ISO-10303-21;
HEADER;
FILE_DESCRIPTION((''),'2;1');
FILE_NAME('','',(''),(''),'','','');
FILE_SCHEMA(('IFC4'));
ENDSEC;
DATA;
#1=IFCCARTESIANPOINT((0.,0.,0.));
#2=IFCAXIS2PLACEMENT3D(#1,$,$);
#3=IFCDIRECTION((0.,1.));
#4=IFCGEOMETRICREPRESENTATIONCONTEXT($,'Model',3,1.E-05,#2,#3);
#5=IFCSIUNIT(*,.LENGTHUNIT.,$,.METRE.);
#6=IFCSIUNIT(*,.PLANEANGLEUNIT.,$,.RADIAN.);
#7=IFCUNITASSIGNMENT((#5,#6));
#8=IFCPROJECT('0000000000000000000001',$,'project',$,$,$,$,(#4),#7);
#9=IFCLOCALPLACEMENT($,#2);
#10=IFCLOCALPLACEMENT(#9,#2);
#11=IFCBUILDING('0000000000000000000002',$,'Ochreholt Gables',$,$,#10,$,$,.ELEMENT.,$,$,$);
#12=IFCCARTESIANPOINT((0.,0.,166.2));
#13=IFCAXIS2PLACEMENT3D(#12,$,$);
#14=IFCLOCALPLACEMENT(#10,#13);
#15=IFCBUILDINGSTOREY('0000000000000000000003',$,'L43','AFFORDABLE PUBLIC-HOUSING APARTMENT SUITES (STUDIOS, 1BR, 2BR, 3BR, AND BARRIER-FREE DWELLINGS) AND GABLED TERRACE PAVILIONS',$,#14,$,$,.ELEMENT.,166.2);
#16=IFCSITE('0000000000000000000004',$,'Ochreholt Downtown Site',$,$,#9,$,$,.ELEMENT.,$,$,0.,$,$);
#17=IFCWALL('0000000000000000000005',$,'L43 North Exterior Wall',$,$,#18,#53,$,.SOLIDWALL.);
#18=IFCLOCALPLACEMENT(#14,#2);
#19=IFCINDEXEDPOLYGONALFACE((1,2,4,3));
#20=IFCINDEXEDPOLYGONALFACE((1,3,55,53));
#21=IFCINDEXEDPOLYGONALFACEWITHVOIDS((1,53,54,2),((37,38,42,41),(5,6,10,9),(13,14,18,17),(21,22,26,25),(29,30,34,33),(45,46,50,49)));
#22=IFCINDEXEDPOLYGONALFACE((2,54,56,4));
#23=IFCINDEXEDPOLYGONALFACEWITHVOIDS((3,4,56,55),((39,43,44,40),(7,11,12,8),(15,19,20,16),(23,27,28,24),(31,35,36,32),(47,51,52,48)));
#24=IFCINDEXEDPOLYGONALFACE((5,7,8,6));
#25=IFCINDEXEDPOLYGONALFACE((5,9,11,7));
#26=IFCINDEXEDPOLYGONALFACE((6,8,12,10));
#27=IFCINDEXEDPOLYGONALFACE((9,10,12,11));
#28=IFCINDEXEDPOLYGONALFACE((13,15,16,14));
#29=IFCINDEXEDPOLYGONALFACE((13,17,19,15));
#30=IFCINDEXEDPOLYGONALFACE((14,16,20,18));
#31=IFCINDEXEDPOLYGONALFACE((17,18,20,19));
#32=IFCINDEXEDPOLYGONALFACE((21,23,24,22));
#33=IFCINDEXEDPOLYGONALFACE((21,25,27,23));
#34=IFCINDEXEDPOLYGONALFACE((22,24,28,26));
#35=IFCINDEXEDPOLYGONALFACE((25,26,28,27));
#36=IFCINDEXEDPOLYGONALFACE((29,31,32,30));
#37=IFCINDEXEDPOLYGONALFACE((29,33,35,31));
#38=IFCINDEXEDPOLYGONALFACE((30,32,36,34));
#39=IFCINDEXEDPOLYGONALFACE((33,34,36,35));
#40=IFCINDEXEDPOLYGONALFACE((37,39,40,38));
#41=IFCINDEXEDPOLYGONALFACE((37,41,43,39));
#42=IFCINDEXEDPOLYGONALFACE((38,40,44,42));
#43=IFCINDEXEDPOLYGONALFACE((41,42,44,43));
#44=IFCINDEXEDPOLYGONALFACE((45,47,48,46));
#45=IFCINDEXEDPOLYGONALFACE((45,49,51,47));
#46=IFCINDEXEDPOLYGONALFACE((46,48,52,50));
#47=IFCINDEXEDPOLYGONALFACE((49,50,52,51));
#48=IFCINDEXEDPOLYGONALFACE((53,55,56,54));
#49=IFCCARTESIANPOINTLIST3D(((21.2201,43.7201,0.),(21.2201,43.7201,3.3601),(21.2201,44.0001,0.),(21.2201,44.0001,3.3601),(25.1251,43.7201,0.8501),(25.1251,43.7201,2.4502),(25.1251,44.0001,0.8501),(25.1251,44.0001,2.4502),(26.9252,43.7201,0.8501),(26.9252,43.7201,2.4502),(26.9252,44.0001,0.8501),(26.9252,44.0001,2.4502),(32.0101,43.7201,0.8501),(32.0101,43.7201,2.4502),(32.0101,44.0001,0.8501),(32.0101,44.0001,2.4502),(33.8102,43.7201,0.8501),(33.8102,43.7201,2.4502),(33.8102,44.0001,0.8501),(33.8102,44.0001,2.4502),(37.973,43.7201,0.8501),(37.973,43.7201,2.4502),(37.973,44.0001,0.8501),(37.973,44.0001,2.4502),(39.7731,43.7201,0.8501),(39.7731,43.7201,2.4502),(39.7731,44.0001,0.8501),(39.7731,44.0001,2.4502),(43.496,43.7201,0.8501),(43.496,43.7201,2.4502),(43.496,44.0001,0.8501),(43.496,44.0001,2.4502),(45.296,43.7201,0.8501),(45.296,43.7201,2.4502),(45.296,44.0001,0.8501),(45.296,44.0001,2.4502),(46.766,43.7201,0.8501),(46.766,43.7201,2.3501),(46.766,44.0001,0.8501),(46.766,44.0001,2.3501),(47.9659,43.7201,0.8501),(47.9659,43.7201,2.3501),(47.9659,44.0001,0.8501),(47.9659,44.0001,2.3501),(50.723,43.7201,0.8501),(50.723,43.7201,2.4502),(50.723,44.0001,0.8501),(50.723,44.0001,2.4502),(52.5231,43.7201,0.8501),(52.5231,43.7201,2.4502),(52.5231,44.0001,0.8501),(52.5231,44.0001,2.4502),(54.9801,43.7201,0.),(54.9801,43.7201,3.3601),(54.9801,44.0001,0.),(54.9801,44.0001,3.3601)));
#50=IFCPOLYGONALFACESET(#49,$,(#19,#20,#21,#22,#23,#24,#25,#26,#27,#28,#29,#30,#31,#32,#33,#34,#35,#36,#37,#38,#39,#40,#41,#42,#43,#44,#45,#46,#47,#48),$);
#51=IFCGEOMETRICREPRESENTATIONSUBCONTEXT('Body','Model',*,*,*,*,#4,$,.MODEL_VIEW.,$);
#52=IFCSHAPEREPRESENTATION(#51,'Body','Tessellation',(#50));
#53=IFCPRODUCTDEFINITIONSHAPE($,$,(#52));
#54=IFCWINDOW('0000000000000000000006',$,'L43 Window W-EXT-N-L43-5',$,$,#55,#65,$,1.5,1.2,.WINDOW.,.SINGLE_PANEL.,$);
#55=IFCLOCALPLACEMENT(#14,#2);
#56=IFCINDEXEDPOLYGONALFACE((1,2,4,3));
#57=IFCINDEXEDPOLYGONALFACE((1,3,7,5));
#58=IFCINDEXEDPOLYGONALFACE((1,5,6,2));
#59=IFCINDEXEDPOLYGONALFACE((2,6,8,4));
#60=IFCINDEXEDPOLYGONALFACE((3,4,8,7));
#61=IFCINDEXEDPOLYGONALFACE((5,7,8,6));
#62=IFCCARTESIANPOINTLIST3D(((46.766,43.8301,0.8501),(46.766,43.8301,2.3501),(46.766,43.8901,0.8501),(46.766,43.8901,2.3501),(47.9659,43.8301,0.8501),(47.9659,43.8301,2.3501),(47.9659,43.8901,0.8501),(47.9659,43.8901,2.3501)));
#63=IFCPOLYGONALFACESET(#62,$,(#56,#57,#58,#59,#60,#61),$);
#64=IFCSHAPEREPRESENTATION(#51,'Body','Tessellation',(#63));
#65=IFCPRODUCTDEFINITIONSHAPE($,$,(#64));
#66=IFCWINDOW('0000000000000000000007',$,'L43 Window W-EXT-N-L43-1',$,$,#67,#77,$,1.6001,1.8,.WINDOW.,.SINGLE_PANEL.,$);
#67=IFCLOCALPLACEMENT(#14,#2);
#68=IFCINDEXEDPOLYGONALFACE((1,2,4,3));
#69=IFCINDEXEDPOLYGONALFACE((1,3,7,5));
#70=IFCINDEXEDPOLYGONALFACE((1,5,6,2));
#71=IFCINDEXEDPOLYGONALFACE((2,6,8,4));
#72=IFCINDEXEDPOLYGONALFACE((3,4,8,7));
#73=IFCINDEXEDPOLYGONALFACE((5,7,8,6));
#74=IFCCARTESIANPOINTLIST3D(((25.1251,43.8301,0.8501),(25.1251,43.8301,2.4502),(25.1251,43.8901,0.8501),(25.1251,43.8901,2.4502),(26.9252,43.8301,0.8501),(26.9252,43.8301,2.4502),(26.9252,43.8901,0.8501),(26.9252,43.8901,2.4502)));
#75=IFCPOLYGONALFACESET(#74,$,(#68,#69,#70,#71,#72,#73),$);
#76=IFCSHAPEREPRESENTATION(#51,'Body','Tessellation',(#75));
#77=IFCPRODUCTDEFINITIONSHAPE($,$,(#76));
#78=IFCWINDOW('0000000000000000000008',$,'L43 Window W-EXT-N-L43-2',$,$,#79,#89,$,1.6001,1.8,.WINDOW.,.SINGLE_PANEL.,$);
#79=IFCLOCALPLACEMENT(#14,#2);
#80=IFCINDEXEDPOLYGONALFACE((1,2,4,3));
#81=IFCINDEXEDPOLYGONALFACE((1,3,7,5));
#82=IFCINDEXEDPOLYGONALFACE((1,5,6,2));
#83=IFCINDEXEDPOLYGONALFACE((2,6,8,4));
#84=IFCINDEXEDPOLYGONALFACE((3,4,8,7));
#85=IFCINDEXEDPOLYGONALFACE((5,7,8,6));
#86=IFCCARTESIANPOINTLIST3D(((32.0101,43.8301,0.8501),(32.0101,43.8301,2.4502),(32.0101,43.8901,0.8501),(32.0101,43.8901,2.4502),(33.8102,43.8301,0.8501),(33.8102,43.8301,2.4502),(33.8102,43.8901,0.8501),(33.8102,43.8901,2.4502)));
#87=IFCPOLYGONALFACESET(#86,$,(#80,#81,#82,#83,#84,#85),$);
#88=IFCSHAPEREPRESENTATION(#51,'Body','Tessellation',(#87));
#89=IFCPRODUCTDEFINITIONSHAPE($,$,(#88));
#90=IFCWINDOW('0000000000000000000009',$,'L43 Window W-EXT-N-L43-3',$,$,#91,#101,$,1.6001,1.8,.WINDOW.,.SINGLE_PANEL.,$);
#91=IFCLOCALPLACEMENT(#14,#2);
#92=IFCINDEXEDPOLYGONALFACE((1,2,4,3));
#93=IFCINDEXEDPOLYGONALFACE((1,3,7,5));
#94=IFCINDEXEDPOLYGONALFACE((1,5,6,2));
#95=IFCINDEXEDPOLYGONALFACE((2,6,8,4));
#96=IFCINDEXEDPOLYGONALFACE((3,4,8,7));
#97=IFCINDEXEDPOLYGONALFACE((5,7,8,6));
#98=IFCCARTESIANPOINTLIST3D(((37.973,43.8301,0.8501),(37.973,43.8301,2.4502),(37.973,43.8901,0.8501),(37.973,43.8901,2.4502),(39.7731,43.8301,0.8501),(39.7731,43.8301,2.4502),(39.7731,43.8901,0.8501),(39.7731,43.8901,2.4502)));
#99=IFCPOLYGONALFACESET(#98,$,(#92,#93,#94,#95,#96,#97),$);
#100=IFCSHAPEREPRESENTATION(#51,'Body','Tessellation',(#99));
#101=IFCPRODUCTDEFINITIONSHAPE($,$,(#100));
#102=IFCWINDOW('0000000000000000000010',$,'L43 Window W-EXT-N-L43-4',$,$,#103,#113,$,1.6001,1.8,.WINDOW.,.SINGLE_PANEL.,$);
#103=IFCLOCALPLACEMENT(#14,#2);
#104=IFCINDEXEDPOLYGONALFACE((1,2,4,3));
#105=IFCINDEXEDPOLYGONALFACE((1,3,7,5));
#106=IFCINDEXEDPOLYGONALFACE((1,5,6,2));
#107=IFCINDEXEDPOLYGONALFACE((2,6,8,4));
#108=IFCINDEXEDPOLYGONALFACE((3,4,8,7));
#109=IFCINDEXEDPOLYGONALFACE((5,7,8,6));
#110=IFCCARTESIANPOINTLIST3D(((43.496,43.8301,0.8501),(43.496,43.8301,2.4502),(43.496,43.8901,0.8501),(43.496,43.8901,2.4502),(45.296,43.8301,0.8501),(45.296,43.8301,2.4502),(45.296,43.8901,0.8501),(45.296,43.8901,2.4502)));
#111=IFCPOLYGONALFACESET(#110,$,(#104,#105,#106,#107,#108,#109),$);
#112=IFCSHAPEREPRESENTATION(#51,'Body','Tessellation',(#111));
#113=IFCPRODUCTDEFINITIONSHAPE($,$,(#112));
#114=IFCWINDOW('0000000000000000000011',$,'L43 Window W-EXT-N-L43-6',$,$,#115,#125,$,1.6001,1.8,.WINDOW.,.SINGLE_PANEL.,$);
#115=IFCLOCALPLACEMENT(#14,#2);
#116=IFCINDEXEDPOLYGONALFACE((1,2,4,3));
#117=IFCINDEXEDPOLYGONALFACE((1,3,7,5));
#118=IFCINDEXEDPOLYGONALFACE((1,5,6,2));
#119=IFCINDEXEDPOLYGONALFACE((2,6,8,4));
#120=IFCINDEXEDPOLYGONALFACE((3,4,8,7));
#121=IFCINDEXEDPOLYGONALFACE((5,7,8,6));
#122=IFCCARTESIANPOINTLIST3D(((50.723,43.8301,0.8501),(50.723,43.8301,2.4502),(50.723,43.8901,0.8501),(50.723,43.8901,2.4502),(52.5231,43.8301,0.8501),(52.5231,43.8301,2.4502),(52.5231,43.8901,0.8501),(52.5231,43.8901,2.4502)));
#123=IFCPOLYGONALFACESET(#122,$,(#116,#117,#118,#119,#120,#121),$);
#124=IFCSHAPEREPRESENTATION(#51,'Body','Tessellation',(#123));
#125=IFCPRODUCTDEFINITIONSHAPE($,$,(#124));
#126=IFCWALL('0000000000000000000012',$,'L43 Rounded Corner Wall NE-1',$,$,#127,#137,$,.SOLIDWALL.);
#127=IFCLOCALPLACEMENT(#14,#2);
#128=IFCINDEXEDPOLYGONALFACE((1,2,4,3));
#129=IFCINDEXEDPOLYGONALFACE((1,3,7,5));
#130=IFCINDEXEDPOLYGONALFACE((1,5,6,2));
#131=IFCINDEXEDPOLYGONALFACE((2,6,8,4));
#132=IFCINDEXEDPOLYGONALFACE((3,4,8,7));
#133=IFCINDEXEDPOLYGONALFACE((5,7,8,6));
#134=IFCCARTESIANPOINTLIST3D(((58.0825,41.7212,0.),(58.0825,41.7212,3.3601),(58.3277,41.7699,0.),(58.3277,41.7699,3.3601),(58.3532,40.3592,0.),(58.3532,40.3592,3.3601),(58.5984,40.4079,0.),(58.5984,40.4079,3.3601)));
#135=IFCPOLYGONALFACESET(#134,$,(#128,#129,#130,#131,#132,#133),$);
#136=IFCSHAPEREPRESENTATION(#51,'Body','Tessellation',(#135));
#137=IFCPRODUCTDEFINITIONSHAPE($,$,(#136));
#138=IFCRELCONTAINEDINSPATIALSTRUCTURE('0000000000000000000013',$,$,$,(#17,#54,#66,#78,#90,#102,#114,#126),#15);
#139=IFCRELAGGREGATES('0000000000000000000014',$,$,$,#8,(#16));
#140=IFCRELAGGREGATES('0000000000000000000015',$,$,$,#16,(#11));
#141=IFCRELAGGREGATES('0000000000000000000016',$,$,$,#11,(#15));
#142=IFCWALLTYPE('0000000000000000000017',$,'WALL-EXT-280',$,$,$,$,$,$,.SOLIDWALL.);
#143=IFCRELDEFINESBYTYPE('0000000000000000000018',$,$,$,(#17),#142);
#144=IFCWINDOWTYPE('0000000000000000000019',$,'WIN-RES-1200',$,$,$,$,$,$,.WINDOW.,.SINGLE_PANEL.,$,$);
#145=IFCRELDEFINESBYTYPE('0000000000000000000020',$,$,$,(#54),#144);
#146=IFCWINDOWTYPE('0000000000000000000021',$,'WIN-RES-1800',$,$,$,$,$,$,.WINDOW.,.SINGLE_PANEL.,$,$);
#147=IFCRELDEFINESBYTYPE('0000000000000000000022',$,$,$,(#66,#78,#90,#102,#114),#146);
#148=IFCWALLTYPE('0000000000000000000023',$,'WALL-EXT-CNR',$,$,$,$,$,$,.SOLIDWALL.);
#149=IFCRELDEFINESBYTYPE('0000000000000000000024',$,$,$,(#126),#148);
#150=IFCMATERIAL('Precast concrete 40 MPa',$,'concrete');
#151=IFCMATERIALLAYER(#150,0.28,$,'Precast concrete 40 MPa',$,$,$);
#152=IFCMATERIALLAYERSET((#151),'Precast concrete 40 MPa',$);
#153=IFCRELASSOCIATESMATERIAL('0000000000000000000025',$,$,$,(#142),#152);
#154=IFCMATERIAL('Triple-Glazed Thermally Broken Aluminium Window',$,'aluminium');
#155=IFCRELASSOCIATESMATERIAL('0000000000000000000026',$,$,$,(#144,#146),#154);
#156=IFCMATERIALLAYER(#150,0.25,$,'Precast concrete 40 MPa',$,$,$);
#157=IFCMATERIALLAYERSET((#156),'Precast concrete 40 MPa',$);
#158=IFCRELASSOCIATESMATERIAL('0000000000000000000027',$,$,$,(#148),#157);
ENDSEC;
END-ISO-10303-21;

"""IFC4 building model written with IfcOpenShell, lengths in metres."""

from ifc_helpers import new_model, si_unit, direction, frame, frame_2d, origin, place, context, subcontext, project, spatial, rectangle, extrude, material, layer, layer_set, type_object, element, fill, save


model = new_model("IFC4")

# Units and contexts
model_context = context("Model", 3, precision=1e-05, world=origin(), true_north=direction((0.0, 1.0)))
body_context = subcontext(model_context, "Body", "Model", "MODEL_VIEW")
ifc_project = project(units=[si_unit("LENGTHUNIT", "METRE"), si_unit("PLANEANGLEUNIT", "RADIAN")], contexts=[model_context])

# Site, building, storey
site_placement = place(None, origin())
site = spatial("IfcSite", under=ifc_project, at=site_placement, Name="Ochreholt Downtown Site", CompositionType="ELEMENT", RefElevation=0.0)
building_placement = place(site_placement, origin())
building = spatial("IfcBuilding", under=site, at=building_placement, Name="Ochreholt Gables", CompositionType="ELEMENT")
storey_placement = place(building_placement, frame((0.0, 0.0, 166.2)))
storey = spatial("IfcBuildingStorey", under=building, at=storey_placement, Name="L43", Description="AFFORDABLE PUBLIC-HOUSING APARTMENT SUITES (STUDIOS, 1BR, 2BR, 3BR, AND BARRIER-FREE DWELLINGS) AND GABLED TERRACE PAVILIONS", CompositionType="ELEMENT", Elevation=166.2)

# Wall, openings, windows
ifc_material_1 = material(Name="Precast concrete 40 MPa", Category="concrete")
ifc_layer_1 = layer(ifc_material_1, 0.28, Name="Precast concrete 40 MPa")
ifc_layer_set_1 = layer_set([ifc_layer_1], Name="Precast concrete 40 MPa")
wall_type_1 = type_object("IfcWallType", Name="WALL-EXT-280", PredefinedType="SOLIDWALL", material=ifc_layer_set_1)
wall_1_placement = place(storey_placement, frame((54.98, 43.8601, 0.0), z_axis=(0.0, 0.0, 1.0), x_axis=(-1.0, 0.0, 0.0)))
wall_1 = element("IfcWall", 1, at=wall_1_placement, inside=storey, type_object=wall_type_1, Name="L43 North Exterior Wall", PredefinedType="SOLIDWALL", context=body_context, shape_type="SweptSolid", body=[
    extrude(rectangle(XDim=33.76, YDim=0.28, at=frame_2d((16.8799, 0.0))), origin(), (0.0, 0.0, 1.0), 3.3601),
])
opening_1_placement = place(wall_1_placement, frame((28.0549, 0.0, 0.8501)))
opening_1 = element("IfcOpeningElement", 2, at=opening_1_placement, cuts=wall_1, PredefinedType="OPENING", context=body_context, shape_type="SweptSolid", body=[
    extrude(rectangle(XDim=1.8, YDim=1.6001, at=frame_2d((0.8999, 0.8))), frame((0.0, 0.1499, 0.0), z_axis=(0.0, -1.0, 0.0), x_axis=(1.0, 0.0, 0.0)), (0.0, 0.0, 1.0), 0.3),
])
opening_2_placement = place(wall_1_placement, frame((21.1699, 0.0, 0.8501)))
opening_2 = element("IfcOpeningElement", 3, at=opening_2_placement, cuts=wall_1, PredefinedType="OPENING", context=body_context, shape_type="SweptSolid", body=[
    extrude(rectangle(XDim=1.8, YDim=1.6001, at=frame_2d((0.8999, 0.8))), frame((0.0, 0.1499, 0.0), z_axis=(0.0, -1.0, 0.0), x_axis=(1.0, 0.0, 0.0)), (0.0, 0.0, 1.0), 0.3),
])
opening_3_placement = place(wall_1_placement, frame((15.207, 0.0, 0.8501)))
opening_3 = element("IfcOpeningElement", 4, at=opening_3_placement, cuts=wall_1, PredefinedType="OPENING", context=body_context, shape_type="SweptSolid", body=[
    extrude(rectangle(XDim=1.8, YDim=1.6001, at=frame_2d((0.8999, 0.8))), frame((0.0, 0.1499, 0.0), z_axis=(0.0, -1.0, 0.0), x_axis=(1.0, 0.0, 0.0)), (0.0, 0.0, 1.0), 0.3),
])
opening_4_placement = place(wall_1_placement, frame((9.6841, 0.0, 0.8501)))
opening_4 = element("IfcOpeningElement", 5, at=opening_4_placement, cuts=wall_1, PredefinedType="OPENING", context=body_context, shape_type="SweptSolid", body=[
    extrude(rectangle(XDim=1.8, YDim=1.6001, at=frame_2d((0.8999, 0.8))), frame((0.0, 0.1499, 0.0), z_axis=(0.0, -1.0, 0.0), x_axis=(1.0, 0.0, 0.0)), (0.0, 0.0, 1.0), 0.3),
])
opening_5_placement = place(wall_1_placement, frame((7.0139, 0.0, 0.8501)))
opening_5 = element("IfcOpeningElement", 6, at=opening_5_placement, cuts=wall_1, PredefinedType="OPENING", context=body_context, shape_type="SweptSolid", body=[
    extrude(rectangle(XDim=1.2, YDim=1.5, at=frame_2d((0.6001, 0.75))), frame((0.0, 0.1499, 0.0), z_axis=(0.0, -1.0, 0.0), x_axis=(1.0, 0.0, 0.0)), (0.0, 0.0, 1.0), 0.3),
])
opening_6_placement = place(wall_1_placement, frame((2.457, 0.0, 0.8501)))
opening_6 = element("IfcOpeningElement", 7, at=opening_6_placement, cuts=wall_1, PredefinedType="OPENING", context=body_context, shape_type="SweptSolid", body=[
    extrude(rectangle(XDim=1.8, YDim=1.6001, at=frame_2d((0.8999, 0.8))), frame((0.0, 0.1499, 0.0), z_axis=(0.0, -1.0, 0.0), x_axis=(1.0, 0.0, 0.0)), (0.0, 0.0, 1.0), 0.3),
])
ifc_material_2 = material(Name="Triple-Glazed Thermally Broken Aluminium Window", Category="aluminium")
window_type_1 = type_object("IfcWindowType", Name="WIN-RES-1200", PartitioningType="SINGLE_PANEL", PredefinedType="WINDOW", material=ifc_material_2)
window_1_placement = place(opening_5_placement, origin())
window_1 = element("IfcWindow", 8, at=window_1_placement, inside=storey, type_object=window_type_1, Name="L43 Window W-EXT-N-L43-5", OverallHeight=1.5, OverallWidth=1.2, PartitioningType="SINGLE_PANEL", PredefinedType="WINDOW", context=body_context, shape_type="SweptSolid", body=[
    extrude(rectangle(XDim=1.2, YDim=1.5, at=frame_2d((0.6001, 0.75))), frame((0.0, 0.03, 0.0), z_axis=(0.0, -1.0, 0.0), x_axis=(1.0, 0.0, 0.0)), (0.0, 0.0, 1.0), 0.0601),
])
fill(opening_5, window_1)
window_type_2 = type_object("IfcWindowType", Name="WIN-RES-1800", PartitioningType="SINGLE_PANEL", PredefinedType="WINDOW", material=ifc_material_2)
window_2_placement = place(opening_1_placement, origin())
window_2 = element("IfcWindow", 9, at=window_2_placement, inside=storey, type_object=window_type_2, Name="L43 Window W-EXT-N-L43-1", OverallHeight=1.6001, OverallWidth=1.8, PartitioningType="SINGLE_PANEL", PredefinedType="WINDOW", context=body_context, shape_type="SweptSolid", body=[
    extrude(rectangle(XDim=1.8, YDim=1.6001, at=frame_2d((0.8999, 0.8))), frame((0.0, 0.03, 0.0), z_axis=(0.0, -1.0, 0.0), x_axis=(1.0, 0.0, 0.0)), (0.0, 0.0, 1.0), 0.0601),
])
fill(opening_1, window_2)
window_3_placement = place(opening_2_placement, origin())
window_3 = element("IfcWindow", 10, at=window_3_placement, inside=storey, type_object=window_type_2, Name="L43 Window W-EXT-N-L43-2", OverallHeight=1.6001, OverallWidth=1.8, PartitioningType="SINGLE_PANEL", PredefinedType="WINDOW", context=body_context, shape_type="SweptSolid", body=[
    extrude(rectangle(XDim=1.8, YDim=1.6001, at=frame_2d((0.8999, 0.8))), frame((0.0, 0.03, 0.0), z_axis=(0.0, -1.0, 0.0), x_axis=(1.0, 0.0, 0.0)), (0.0, 0.0, 1.0), 0.0601),
])
fill(opening_2, window_3)
window_4_placement = place(opening_3_placement, origin())
window_4 = element("IfcWindow", 11, at=window_4_placement, inside=storey, type_object=window_type_2, Name="L43 Window W-EXT-N-L43-3", OverallHeight=1.6001, OverallWidth=1.8, PartitioningType="SINGLE_PANEL", PredefinedType="WINDOW", context=body_context, shape_type="SweptSolid", body=[
    extrude(rectangle(XDim=1.8, YDim=1.6001, at=frame_2d((0.8999, 0.8))), frame((0.0, 0.03, 0.0), z_axis=(0.0, -1.0, 0.0), x_axis=(1.0, 0.0, 0.0)), (0.0, 0.0, 1.0), 0.0601),
])
fill(opening_3, window_4)
window_5_placement = place(opening_4_placement, origin())
window_5 = element("IfcWindow", 12, at=window_5_placement, inside=storey, type_object=window_type_2, Name="L43 Window W-EXT-N-L43-4", OverallHeight=1.6001, OverallWidth=1.8, PartitioningType="SINGLE_PANEL", PredefinedType="WINDOW", context=body_context, shape_type="SweptSolid", body=[
    extrude(rectangle(XDim=1.8, YDim=1.6001, at=frame_2d((0.8999, 0.8))), frame((0.0, 0.03, 0.0), z_axis=(0.0, -1.0, 0.0), x_axis=(1.0, 0.0, 0.0)), (0.0, 0.0, 1.0), 0.0601),
])
fill(opening_4, window_5)
window_6_placement = place(opening_6_placement, origin())
window_6 = element("IfcWindow", 13, at=window_6_placement, inside=storey, type_object=window_type_2, Name="L43 Window W-EXT-N-L43-6", OverallHeight=1.6001, OverallWidth=1.8, PartitioningType="SINGLE_PANEL", PredefinedType="WINDOW", context=body_context, shape_type="SweptSolid", body=[
    extrude(rectangle(XDim=1.8, YDim=1.6001, at=frame_2d((0.8999, 0.8))), frame((0.0, 0.03, 0.0), z_axis=(0.0, -1.0, 0.0), x_axis=(1.0, 0.0, 0.0)), (0.0, 0.0, 1.0), 0.0601),
])
fill(opening_6, window_6)

# Wall
ifc_layer_2 = layer(ifc_material_1, 0.25, Name="Precast concrete 40 MPa")
ifc_layer_set_2 = layer_set([ifc_layer_2], Name="Precast concrete 40 MPa")
wall_type_2 = type_object("IfcWallType", Name="WALL-EXT-CNR", PredefinedType="SOLIDWALL", material=ifc_layer_set_2)
wall_2_placement = place(storey_placement, frame((58.4758, 40.3835, 0.0), z_axis=(0.0, 0.0, 1.0), x_axis=(-0.194967, 0.98081, 0.0)))
element("IfcWall", 14, at=wall_2_placement, inside=storey, type_object=wall_type_2, Name="L43 Rounded Corner Wall NE-1", PredefinedType="SOLIDWALL", context=body_context, shape_type="SweptSolid", body=[
    extrude(rectangle(XDim=1.3887, YDim=0.25, at=frame_2d((0.6943, 0.0))), origin(), (0.0, 0.0, 1.0), 3.3601),
])

save(model, "model.ifc")
